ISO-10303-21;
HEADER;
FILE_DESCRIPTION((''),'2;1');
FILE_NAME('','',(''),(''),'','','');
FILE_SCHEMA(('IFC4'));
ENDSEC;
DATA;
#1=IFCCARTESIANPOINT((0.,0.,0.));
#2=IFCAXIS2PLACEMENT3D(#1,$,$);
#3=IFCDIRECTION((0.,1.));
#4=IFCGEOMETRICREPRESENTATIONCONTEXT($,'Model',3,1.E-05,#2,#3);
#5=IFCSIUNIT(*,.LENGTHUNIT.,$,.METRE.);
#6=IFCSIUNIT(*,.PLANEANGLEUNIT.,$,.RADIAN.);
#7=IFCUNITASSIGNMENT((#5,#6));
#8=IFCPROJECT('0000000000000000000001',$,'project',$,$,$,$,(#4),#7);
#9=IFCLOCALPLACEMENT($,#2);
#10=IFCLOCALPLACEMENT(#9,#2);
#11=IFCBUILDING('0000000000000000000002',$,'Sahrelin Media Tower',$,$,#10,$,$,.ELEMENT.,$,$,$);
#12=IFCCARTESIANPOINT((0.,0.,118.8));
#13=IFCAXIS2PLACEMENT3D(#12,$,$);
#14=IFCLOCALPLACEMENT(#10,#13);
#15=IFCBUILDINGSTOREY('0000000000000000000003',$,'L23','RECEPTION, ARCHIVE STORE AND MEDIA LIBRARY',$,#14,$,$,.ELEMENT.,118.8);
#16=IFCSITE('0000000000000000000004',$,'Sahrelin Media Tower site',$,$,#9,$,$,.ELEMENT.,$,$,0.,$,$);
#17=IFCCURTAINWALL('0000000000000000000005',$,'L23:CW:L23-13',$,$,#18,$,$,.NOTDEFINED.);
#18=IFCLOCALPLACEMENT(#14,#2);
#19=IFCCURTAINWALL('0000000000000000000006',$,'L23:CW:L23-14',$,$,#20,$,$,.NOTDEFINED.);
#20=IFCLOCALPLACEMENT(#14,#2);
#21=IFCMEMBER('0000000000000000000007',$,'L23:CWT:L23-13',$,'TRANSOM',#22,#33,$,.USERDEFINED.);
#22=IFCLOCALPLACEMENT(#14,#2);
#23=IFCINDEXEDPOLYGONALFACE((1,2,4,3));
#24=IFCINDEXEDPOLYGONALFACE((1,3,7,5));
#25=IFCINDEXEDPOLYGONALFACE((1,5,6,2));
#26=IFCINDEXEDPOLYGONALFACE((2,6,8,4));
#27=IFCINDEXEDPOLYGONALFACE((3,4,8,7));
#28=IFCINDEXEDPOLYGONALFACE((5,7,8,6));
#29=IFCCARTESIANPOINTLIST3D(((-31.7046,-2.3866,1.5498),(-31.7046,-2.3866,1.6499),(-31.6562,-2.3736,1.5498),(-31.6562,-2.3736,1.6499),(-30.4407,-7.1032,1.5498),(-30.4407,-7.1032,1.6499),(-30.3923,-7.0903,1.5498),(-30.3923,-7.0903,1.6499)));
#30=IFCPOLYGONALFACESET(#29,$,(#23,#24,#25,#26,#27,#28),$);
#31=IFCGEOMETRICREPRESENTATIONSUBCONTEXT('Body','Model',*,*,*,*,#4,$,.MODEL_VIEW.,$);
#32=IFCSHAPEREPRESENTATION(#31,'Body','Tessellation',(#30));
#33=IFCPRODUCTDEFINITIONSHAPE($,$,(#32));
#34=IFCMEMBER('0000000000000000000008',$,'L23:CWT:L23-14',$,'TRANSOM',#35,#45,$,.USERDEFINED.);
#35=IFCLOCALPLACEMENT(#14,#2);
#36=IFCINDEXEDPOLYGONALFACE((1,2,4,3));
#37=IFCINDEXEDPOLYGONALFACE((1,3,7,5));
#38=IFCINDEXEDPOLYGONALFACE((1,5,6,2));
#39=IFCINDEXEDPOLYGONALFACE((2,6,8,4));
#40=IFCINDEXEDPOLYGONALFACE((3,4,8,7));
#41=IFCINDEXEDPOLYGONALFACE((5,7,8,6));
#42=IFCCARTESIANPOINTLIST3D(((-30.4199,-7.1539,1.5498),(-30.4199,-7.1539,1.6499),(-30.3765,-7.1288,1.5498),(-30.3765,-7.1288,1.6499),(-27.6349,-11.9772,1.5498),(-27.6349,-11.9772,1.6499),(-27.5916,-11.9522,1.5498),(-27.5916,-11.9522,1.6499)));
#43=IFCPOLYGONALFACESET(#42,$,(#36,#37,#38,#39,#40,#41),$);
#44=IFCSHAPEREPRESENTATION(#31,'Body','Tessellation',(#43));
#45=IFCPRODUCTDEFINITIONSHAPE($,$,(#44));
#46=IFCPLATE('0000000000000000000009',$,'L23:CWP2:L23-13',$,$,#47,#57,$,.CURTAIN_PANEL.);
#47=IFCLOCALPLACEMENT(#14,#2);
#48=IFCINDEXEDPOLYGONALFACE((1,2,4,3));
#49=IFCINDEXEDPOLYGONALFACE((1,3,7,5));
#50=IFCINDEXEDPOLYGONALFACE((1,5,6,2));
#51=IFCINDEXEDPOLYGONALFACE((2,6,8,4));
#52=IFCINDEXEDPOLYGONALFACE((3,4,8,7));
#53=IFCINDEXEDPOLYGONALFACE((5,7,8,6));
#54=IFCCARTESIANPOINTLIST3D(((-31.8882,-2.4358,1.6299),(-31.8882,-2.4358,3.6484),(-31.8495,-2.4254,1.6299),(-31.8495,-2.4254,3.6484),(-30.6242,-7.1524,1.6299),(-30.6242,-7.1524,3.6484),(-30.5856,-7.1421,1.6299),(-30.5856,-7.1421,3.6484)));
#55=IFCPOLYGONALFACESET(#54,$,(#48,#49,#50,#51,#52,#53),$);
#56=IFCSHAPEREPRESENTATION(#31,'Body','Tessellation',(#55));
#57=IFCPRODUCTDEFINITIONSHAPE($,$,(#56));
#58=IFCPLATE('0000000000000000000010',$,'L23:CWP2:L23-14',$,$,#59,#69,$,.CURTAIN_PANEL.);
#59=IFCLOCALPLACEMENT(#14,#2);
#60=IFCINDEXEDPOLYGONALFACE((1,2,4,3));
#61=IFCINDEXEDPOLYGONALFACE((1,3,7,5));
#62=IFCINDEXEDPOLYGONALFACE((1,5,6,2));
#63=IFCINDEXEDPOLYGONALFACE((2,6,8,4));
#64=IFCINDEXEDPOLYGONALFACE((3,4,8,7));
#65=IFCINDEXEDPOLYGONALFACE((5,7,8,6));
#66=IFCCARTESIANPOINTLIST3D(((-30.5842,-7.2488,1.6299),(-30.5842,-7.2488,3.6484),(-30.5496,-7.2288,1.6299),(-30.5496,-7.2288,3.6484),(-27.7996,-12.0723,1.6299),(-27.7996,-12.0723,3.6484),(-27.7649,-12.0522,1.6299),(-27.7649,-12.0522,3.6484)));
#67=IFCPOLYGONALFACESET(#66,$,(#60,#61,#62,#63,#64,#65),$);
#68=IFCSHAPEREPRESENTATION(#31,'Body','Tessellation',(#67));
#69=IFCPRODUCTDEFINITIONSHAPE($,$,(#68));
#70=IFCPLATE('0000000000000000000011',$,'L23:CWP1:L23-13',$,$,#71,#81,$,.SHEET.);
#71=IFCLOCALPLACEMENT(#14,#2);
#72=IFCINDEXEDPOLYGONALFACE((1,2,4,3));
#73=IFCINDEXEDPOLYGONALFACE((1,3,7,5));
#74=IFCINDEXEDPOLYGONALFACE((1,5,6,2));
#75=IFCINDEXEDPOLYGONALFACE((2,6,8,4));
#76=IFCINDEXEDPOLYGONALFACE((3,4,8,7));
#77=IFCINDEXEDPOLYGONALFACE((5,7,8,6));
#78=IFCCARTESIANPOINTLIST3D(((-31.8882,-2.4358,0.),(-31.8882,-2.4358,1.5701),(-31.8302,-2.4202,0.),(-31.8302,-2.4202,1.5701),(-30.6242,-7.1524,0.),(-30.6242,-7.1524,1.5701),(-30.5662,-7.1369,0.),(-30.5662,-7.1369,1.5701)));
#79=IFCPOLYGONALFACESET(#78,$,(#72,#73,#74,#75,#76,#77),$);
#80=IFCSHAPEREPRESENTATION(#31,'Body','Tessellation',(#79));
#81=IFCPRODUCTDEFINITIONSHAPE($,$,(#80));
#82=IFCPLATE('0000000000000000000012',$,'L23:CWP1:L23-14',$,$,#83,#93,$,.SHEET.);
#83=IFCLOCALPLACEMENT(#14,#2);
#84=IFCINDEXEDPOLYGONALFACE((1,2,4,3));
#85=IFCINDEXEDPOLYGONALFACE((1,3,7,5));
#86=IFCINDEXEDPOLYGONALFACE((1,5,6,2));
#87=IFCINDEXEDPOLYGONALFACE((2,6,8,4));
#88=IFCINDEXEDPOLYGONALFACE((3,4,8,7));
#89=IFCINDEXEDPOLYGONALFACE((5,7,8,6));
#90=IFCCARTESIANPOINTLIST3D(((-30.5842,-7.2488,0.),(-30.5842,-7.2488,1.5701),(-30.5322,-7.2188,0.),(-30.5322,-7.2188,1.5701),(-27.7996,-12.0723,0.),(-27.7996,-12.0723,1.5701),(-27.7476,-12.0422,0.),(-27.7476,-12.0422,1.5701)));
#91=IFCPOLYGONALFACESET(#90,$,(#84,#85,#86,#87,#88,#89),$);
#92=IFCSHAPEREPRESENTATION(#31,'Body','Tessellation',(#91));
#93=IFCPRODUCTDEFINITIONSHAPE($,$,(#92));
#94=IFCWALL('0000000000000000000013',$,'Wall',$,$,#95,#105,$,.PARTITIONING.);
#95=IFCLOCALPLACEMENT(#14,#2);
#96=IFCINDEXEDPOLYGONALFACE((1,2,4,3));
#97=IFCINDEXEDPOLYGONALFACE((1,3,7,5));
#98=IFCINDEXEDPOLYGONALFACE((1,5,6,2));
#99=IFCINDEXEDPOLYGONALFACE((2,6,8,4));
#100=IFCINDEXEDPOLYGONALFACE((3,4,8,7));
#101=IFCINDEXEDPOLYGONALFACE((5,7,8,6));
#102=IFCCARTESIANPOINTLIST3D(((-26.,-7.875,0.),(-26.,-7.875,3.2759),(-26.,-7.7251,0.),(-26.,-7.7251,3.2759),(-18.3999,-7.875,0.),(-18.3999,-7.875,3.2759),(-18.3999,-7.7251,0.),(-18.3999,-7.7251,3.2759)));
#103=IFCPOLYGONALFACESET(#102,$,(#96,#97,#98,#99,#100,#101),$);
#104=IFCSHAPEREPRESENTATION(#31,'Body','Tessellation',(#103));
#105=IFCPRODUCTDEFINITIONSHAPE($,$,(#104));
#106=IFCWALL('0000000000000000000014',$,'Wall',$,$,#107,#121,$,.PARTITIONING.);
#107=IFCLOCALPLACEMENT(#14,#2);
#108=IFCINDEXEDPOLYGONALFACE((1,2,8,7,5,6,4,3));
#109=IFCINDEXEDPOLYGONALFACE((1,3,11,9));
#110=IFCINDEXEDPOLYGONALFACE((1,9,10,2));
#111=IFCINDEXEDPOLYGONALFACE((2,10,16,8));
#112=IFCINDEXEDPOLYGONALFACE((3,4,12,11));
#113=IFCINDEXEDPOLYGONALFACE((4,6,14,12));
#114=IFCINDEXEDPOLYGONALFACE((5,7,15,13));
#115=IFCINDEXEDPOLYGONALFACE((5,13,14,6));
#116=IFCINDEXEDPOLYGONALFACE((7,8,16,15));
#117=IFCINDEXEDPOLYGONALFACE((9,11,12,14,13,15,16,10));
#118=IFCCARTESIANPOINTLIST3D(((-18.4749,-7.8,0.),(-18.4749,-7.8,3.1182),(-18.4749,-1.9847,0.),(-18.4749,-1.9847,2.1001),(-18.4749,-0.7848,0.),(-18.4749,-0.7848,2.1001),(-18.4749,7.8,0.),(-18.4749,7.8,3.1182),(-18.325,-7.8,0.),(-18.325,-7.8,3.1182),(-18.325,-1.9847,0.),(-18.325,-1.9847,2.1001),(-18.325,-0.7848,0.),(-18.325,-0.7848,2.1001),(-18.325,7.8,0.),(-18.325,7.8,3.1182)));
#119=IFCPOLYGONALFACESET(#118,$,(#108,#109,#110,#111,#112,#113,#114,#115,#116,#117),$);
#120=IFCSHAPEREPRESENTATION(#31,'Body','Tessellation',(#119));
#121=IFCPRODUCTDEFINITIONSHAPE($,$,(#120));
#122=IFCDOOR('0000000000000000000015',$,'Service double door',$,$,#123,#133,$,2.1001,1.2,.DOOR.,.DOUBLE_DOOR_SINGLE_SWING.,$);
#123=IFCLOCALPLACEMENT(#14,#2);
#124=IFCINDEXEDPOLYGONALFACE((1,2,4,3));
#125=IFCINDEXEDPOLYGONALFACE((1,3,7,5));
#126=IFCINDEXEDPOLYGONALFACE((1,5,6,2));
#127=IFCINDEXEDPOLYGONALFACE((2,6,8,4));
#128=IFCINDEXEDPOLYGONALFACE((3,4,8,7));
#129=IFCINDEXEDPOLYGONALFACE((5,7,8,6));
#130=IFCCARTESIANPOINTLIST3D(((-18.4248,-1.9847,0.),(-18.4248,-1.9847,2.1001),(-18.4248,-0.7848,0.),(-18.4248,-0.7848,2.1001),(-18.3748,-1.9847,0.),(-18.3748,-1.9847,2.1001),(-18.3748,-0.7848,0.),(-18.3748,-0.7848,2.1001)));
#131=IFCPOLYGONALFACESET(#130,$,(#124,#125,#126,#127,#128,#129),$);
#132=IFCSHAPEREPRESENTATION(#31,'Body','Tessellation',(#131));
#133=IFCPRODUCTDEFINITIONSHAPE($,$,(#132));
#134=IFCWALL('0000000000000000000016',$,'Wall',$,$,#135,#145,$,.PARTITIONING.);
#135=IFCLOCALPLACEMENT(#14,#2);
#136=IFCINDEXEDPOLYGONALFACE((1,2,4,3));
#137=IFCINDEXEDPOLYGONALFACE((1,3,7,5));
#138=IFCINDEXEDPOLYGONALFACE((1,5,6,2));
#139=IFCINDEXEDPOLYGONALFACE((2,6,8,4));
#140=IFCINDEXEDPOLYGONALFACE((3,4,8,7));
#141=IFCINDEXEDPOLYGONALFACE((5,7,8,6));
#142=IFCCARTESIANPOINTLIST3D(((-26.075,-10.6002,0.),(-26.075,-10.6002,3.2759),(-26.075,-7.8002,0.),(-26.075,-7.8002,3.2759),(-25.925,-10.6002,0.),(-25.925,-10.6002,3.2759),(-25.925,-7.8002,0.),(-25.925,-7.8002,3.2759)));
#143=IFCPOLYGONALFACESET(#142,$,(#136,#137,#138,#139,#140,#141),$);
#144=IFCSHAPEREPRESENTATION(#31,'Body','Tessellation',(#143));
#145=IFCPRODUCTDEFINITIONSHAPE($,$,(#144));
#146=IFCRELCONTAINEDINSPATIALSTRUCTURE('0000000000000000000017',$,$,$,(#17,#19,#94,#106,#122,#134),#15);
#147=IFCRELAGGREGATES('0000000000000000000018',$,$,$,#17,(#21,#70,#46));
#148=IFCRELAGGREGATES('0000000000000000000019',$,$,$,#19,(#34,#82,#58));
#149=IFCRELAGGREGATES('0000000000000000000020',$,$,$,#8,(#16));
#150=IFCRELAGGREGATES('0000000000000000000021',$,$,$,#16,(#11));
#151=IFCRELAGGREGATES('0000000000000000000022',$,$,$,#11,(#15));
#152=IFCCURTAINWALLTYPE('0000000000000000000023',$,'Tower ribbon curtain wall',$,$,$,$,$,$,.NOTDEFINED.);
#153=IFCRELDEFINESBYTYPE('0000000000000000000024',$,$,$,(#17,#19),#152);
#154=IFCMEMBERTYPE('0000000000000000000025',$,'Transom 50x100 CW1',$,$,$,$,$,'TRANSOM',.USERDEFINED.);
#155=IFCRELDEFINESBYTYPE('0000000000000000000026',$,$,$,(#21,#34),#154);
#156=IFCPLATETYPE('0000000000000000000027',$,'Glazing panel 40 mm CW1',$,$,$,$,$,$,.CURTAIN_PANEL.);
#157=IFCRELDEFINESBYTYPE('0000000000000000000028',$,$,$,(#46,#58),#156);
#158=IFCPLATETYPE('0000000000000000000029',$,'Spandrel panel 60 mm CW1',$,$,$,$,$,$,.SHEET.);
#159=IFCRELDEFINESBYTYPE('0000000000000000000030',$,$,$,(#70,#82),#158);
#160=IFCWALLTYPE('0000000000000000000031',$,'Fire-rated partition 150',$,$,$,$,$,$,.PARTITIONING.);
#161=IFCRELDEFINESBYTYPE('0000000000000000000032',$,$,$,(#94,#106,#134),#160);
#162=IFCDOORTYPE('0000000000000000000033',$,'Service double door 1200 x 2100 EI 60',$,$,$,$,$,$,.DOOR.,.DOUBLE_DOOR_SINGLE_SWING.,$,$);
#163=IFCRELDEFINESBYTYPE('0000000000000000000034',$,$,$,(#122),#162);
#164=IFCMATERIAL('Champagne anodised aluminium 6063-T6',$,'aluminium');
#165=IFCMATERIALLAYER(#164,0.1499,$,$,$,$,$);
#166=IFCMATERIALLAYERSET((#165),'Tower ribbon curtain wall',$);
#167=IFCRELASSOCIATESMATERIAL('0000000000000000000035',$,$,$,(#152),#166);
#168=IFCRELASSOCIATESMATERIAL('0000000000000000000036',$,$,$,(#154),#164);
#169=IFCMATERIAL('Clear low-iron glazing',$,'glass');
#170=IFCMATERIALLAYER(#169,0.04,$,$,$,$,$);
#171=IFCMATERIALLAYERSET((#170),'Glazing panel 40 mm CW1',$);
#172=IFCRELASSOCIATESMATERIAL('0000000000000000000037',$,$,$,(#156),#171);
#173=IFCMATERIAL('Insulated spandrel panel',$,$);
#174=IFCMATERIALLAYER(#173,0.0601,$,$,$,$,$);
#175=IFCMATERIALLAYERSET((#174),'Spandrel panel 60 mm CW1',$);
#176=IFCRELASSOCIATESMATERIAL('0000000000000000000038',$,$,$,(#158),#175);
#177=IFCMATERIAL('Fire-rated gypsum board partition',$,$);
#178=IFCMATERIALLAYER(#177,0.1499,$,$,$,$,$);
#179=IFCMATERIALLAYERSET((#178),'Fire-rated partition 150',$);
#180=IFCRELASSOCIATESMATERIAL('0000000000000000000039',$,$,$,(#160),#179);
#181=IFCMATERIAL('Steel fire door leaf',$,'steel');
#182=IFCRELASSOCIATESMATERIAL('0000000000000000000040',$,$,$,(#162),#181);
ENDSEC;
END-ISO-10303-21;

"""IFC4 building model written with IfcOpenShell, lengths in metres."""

from ifc_helpers import new_model, si_unit, direction, frame, frame_2d, origin, origin_2d, place, context, subcontext, project, spatial, polyline, rectangle, outline, extrude, material, layer, layer_set, material_profile, profile_set, type_object, element, fill, aggregate, save


model = new_model("IFC4")

# Units and contexts
model_context = context("Model", 3, precision=1e-05, world=origin(), true_north=direction((0.0, 1.0)))
body_context = subcontext(model_context, "Body", "Model", "MODEL_VIEW")
ifc_project = project(units=[si_unit("LENGTHUNIT", "METRE"), si_unit("PLANEANGLEUNIT", "RADIAN")], contexts=[model_context])

# Site, building, storey
site_placement = place(None, origin())
site = spatial("IfcSite", under=ifc_project, at=site_placement, Name="Sahrelin Media Tower site", CompositionType="ELEMENT", RefElevation=0.0)
building_placement = place(site_placement, origin())
building = spatial("IfcBuilding", under=site, at=building_placement, Name="Sahrelin Media Tower", CompositionType="ELEMENT")
storey_placement = place(building_placement, frame((0.0, 0.0, 118.8)))
storey = spatial("IfcBuildingStorey", under=building, at=storey_placement, Name="L23", Description="RECEPTION, ARCHIVE STORE AND MEDIA LIBRARY", CompositionType="ELEMENT", Elevation=118.8)

# Curtain walls
ifc_material_1 = material(Name="Champagne anodised aluminium 6063-T6", Category="aluminium")
ifc_layer_1 = layer(ifc_material_1, 0.1499)
ifc_layer_set_1 = layer_set([ifc_layer_1], Name="Tower ribbon curtain wall")
curtain_wall_type = type_object("IfcCurtainWallType", Name="Tower ribbon curtain wall", PredefinedType="NOTDEFINED", material=ifc_layer_set_1)
curtain_wall_1_placement = place(storey_placement, frame((-31.2368, -4.7888, 0.0), z_axis=(0.0, 0.0, 1.0), x_axis=(1.0, 0.0, 0.0)))
curtain_wall_1 = element("IfcCurtainWall", 1, at=curtain_wall_1_placement, inside=storey, type_object=curtain_wall_type, Name="L23:CW:L23-13", PredefinedType="NOTDEFINED")
curtain_wall_2_placement = place(storey_placement, frame((-29.1746, -9.6504, 0.0), z_axis=(0.0, 0.0, 1.0), x_axis=(1.0, 0.0, 0.0)))
curtain_wall_2 = element("IfcCurtainWall", 2, at=curtain_wall_2_placement, inside=storey, type_object=curtain_wall_type, Name="L23:CW:L23-14", PredefinedType="NOTDEFINED")

# Members
ifc_material_profile_1 = material_profile(ifc_material_1, rectangle(XDim=0.05, YDim=0.1001, at=origin_2d()), Name="Transom 50x100")
ifc_profile_set_1 = profile_set([ifc_material_profile_1], Name="Champagne anodised aluminium 6063-T6")
member_type_1 = type_object("IfcMemberType", Name="Transom 50x100 CW1", ElementType="TRANSOM", PredefinedType="USERDEFINED", material=ifc_profile_set_1)
member_1_placement = place(storey_placement, frame((-31.6804, -2.3801, 1.5999), z_axis=(0.258842, -0.96592, 0.0), x_axis=(0.96592, 0.258842, 0.0)))
member_1 = element("IfcMember", 3, at=member_1_placement, type_object=member_type_1, Name="L23:CWT:L23-13", ObjectType="TRANSOM", PredefinedType="USERDEFINED", context=body_context, shape_type="SweptSolid", body=[
    extrude(rectangle(XDim=0.05, YDim=0.1001, at=origin_2d()), origin(), (0.0, 0.0, 1.0), 4.8831),
])
member_2_placement = place(storey_placement, frame((-30.3982, -7.1414, 1.5999), z_axis=(0.500029, -0.866009, 0.0), x_axis=(0.866009, 0.500029, 0.0)))
member_2 = element("IfcMember", 4, at=member_2_placement, type_object=member_type_1, Name="L23:CWT:L23-14", ObjectType="TRANSOM", PredefinedType="USERDEFINED", context=body_context, shape_type="SweptSolid", body=[
    extrude(rectangle(XDim=0.05, YDim=0.1001, at=origin_2d()), origin(), (0.0, 0.0, 1.0), 5.5696),
])

# Plates
ifc_material_2 = material(Name="Clear low-iron glazing", Category="glass")
ifc_layer_2 = layer(ifc_material_2, 0.04)
ifc_layer_set_2 = layer_set([ifc_layer_2], Name="Glazing panel 40 mm CW1")
plate_type_1 = type_object("IfcPlateType", Name="Glazing panel 40 mm CW1", PredefinedType="CURTAIN_PANEL", material=ifc_layer_set_2)
plate_1_placement = place(storey_placement, frame((-31.8882, -2.4358, 1.6299), z_axis=(-0.96592, -0.258842, 0.0), x_axis=(0.258842, -0.96592, 0.0)))
plate_1 = element("IfcPlate", 5, at=plate_1_placement, type_object=plate_type_1, Name="L23:CWP2:L23-13", PredefinedType="CURTAIN_PANEL", context=body_context, shape_type="SweptSolid", body=[
    extrude(outline(polyline([(0.0, 0.0), (4.8831, 0.0), (4.8831, 2.0186), (0.0, 2.0186), (0.0, 0.0)])), origin(), (0.0, 0.0, -1.0), 0.04),
])
plate_2_placement = place(storey_placement, frame((-30.5842, -7.2488, 1.6299), z_axis=(-0.866039, -0.499977, 0.0), x_axis=(0.499977, -0.866039, 0.0)))
plate_2 = element("IfcPlate", 6, at=plate_2_placement, type_object=plate_type_1, Name="L23:CWP2:L23-14", PredefinedType="CURTAIN_PANEL", context=body_context, shape_type="SweptSolid", body=[
    extrude(outline(polyline([(0.0, 0.0), (5.5696, 0.0), (5.5696, 2.0186), (0.0, 2.0186), (0.0, 0.0)])), origin(), (0.0, 0.0, -1.0), 0.04),
])
ifc_material_3 = material(Name="Insulated spandrel panel")
ifc_layer_3 = layer(ifc_material_3, 0.0601)
ifc_layer_set_3 = layer_set([ifc_layer_3], Name="Spandrel panel 60 mm CW1")
plate_type_2 = type_object("IfcPlateType", Name="Spandrel panel 60 mm CW1", PredefinedType="SHEET", material=ifc_layer_set_3)
plate_3_placement = place(storey_placement, frame((-31.8882, -2.4358, 0.0), z_axis=(-0.96592, -0.258842, 0.0), x_axis=(0.258842, -0.96592, 0.0)))
plate_3 = element("IfcPlate", 7, at=plate_3_placement, type_object=plate_type_2, Name="L23:CWP1:L23-13", PredefinedType="SHEET", context=body_context, shape_type="SweptSolid", body=[
    extrude(outline(polyline([(0.0, 0.0), (4.8831, 0.0), (4.8831, 1.5701), (0.0, 1.5701), (0.0, 0.0)])), origin(), (0.0, 0.0, -1.0), 0.0601),
])
aggregate(curtain_wall_1, [member_1, plate_3, plate_1])
plate_4_placement = place(storey_placement, frame((-30.5842, -7.2488, 0.0), z_axis=(-0.866039, -0.499977, 0.0), x_axis=(0.499977, -0.866039, 0.0)))
plate_4 = element("IfcPlate", 8, at=plate_4_placement, type_object=plate_type_2, Name="L23:CWP1:L23-14", PredefinedType="SHEET", context=body_context, shape_type="SweptSolid", body=[
    extrude(outline(polyline([(0.0, 0.0), (5.5696, 0.0), (5.5696, 1.5701), (0.0, 1.5701), (0.0, 0.0)])), origin(), (0.0, 0.0, -1.0), 0.0601),
])
aggregate(curtain_wall_2, [member_2, plate_4, plate_2])

# Wall
ifc_material_4 = material(Name="Fire-rated gypsum board partition")
ifc_layer_4 = layer(ifc_material_4, 0.1499)
ifc_layer_set_4 = layer_set([ifc_layer_4], Name="Fire-rated partition 150")
wall_type = type_object("IfcWallType", Name="Fire-rated partition 150", PredefinedType="PARTITIONING", material=ifc_layer_set_4)
wall_1_placement = place(storey_placement, frame((-26.0, -7.8, 0.0), z_axis=(0.0, 0.0, 1.0), x_axis=(1.0, 0.0, 0.0)))
element("IfcWall", 9, at=wall_1_placement, inside=storey, type_object=wall_type, Name="Wall", PredefinedType="PARTITIONING", context=body_context, shape_type="SweptSolid", body=[
    extrude(rectangle(XDim=7.6001, YDim=0.1499, at=frame_2d((3.8, 0.0))), origin(), (0.0, 0.0, 1.0), 3.2759),
])

# Wall, opening, door
wall_2_placement = place(storey_placement, frame((-18.3999, -7.8, 0.0), z_axis=(0.0, 0.0, 1.0), x_axis=(0.0, 1.0, 0.0)))
wall_2 = element("IfcWall", 10, at=wall_2_placement, inside=storey, type_object=wall_type, Name="Wall", PredefinedType="PARTITIONING", context=body_context, shape_type="SweptSolid", body=[
    extrude(rectangle(XDim=15.6001, YDim=0.1499, at=frame_2d((7.8, 0.0))), origin(), (0.0, 0.0, 1.0), 3.1182),
])
opening_placement = place(wall_2_placement, frame((5.8152, 0.0, 0.0)))
opening = element("IfcOpeningElement", 11, at=opening_placement, cuts=wall_2, PredefinedType="OPENING", context=body_context, shape_type="SweptSolid", body=[
    extrude(rectangle(XDim=1.2, YDim=2.1001, at=frame_2d((0.6001, 1.05))), frame((0.0, 0.075, 0.0), z_axis=(0.0, -1.0, 0.0), x_axis=(1.0, 0.0, 0.0)), (0.0, 0.0, 1.0), 0.1499),
])
ifc_material_5 = material(Name="Steel fire door leaf", Category="steel")
door_type = type_object("IfcDoorType", Name="Service double door 1200 x 2100 EI 60", OperationType="DOUBLE_DOOR_SINGLE_SWING", PredefinedType="DOOR", material=ifc_material_5)
door_placement = place(opening_placement, origin())
door = element("IfcDoor", 12, at=door_placement, inside=storey, type_object=door_type, Name="Service double door", OperationType="DOUBLE_DOOR_SINGLE_SWING", OverallHeight=2.1001, OverallWidth=1.2, PredefinedType="DOOR", context=body_context, shape_type="SweptSolid", body=[
    extrude(rectangle(XDim=1.2, YDim=2.1001, at=frame_2d((0.6001, 1.05))), frame((0.0, 0.0249, 0.0), z_axis=(0.0, -1.0, 0.0), x_axis=(1.0, 0.0, 0.0)), (0.0, 0.0, 1.0), 0.05),
])
fill(opening, door)

# Wall
wall_3_placement = place(storey_placement, frame((-26.0, -10.6001, 0.0), z_axis=(0.0, 0.0, 1.0), x_axis=(0.0, 1.0, 0.0)))
element("IfcWall", 13, at=wall_3_placement, inside=storey, type_object=wall_type, Name="Wall", PredefinedType="PARTITIONING", context=body_context, shape_type="SweptSolid", body=[
    extrude(rectangle(XDim=2.8, YDim=0.1499, at=frame_2d((1.3999, 0.0))), origin(), (0.0, 0.0, 1.0), 3.2759),
])

save(model, "model.ifc")
